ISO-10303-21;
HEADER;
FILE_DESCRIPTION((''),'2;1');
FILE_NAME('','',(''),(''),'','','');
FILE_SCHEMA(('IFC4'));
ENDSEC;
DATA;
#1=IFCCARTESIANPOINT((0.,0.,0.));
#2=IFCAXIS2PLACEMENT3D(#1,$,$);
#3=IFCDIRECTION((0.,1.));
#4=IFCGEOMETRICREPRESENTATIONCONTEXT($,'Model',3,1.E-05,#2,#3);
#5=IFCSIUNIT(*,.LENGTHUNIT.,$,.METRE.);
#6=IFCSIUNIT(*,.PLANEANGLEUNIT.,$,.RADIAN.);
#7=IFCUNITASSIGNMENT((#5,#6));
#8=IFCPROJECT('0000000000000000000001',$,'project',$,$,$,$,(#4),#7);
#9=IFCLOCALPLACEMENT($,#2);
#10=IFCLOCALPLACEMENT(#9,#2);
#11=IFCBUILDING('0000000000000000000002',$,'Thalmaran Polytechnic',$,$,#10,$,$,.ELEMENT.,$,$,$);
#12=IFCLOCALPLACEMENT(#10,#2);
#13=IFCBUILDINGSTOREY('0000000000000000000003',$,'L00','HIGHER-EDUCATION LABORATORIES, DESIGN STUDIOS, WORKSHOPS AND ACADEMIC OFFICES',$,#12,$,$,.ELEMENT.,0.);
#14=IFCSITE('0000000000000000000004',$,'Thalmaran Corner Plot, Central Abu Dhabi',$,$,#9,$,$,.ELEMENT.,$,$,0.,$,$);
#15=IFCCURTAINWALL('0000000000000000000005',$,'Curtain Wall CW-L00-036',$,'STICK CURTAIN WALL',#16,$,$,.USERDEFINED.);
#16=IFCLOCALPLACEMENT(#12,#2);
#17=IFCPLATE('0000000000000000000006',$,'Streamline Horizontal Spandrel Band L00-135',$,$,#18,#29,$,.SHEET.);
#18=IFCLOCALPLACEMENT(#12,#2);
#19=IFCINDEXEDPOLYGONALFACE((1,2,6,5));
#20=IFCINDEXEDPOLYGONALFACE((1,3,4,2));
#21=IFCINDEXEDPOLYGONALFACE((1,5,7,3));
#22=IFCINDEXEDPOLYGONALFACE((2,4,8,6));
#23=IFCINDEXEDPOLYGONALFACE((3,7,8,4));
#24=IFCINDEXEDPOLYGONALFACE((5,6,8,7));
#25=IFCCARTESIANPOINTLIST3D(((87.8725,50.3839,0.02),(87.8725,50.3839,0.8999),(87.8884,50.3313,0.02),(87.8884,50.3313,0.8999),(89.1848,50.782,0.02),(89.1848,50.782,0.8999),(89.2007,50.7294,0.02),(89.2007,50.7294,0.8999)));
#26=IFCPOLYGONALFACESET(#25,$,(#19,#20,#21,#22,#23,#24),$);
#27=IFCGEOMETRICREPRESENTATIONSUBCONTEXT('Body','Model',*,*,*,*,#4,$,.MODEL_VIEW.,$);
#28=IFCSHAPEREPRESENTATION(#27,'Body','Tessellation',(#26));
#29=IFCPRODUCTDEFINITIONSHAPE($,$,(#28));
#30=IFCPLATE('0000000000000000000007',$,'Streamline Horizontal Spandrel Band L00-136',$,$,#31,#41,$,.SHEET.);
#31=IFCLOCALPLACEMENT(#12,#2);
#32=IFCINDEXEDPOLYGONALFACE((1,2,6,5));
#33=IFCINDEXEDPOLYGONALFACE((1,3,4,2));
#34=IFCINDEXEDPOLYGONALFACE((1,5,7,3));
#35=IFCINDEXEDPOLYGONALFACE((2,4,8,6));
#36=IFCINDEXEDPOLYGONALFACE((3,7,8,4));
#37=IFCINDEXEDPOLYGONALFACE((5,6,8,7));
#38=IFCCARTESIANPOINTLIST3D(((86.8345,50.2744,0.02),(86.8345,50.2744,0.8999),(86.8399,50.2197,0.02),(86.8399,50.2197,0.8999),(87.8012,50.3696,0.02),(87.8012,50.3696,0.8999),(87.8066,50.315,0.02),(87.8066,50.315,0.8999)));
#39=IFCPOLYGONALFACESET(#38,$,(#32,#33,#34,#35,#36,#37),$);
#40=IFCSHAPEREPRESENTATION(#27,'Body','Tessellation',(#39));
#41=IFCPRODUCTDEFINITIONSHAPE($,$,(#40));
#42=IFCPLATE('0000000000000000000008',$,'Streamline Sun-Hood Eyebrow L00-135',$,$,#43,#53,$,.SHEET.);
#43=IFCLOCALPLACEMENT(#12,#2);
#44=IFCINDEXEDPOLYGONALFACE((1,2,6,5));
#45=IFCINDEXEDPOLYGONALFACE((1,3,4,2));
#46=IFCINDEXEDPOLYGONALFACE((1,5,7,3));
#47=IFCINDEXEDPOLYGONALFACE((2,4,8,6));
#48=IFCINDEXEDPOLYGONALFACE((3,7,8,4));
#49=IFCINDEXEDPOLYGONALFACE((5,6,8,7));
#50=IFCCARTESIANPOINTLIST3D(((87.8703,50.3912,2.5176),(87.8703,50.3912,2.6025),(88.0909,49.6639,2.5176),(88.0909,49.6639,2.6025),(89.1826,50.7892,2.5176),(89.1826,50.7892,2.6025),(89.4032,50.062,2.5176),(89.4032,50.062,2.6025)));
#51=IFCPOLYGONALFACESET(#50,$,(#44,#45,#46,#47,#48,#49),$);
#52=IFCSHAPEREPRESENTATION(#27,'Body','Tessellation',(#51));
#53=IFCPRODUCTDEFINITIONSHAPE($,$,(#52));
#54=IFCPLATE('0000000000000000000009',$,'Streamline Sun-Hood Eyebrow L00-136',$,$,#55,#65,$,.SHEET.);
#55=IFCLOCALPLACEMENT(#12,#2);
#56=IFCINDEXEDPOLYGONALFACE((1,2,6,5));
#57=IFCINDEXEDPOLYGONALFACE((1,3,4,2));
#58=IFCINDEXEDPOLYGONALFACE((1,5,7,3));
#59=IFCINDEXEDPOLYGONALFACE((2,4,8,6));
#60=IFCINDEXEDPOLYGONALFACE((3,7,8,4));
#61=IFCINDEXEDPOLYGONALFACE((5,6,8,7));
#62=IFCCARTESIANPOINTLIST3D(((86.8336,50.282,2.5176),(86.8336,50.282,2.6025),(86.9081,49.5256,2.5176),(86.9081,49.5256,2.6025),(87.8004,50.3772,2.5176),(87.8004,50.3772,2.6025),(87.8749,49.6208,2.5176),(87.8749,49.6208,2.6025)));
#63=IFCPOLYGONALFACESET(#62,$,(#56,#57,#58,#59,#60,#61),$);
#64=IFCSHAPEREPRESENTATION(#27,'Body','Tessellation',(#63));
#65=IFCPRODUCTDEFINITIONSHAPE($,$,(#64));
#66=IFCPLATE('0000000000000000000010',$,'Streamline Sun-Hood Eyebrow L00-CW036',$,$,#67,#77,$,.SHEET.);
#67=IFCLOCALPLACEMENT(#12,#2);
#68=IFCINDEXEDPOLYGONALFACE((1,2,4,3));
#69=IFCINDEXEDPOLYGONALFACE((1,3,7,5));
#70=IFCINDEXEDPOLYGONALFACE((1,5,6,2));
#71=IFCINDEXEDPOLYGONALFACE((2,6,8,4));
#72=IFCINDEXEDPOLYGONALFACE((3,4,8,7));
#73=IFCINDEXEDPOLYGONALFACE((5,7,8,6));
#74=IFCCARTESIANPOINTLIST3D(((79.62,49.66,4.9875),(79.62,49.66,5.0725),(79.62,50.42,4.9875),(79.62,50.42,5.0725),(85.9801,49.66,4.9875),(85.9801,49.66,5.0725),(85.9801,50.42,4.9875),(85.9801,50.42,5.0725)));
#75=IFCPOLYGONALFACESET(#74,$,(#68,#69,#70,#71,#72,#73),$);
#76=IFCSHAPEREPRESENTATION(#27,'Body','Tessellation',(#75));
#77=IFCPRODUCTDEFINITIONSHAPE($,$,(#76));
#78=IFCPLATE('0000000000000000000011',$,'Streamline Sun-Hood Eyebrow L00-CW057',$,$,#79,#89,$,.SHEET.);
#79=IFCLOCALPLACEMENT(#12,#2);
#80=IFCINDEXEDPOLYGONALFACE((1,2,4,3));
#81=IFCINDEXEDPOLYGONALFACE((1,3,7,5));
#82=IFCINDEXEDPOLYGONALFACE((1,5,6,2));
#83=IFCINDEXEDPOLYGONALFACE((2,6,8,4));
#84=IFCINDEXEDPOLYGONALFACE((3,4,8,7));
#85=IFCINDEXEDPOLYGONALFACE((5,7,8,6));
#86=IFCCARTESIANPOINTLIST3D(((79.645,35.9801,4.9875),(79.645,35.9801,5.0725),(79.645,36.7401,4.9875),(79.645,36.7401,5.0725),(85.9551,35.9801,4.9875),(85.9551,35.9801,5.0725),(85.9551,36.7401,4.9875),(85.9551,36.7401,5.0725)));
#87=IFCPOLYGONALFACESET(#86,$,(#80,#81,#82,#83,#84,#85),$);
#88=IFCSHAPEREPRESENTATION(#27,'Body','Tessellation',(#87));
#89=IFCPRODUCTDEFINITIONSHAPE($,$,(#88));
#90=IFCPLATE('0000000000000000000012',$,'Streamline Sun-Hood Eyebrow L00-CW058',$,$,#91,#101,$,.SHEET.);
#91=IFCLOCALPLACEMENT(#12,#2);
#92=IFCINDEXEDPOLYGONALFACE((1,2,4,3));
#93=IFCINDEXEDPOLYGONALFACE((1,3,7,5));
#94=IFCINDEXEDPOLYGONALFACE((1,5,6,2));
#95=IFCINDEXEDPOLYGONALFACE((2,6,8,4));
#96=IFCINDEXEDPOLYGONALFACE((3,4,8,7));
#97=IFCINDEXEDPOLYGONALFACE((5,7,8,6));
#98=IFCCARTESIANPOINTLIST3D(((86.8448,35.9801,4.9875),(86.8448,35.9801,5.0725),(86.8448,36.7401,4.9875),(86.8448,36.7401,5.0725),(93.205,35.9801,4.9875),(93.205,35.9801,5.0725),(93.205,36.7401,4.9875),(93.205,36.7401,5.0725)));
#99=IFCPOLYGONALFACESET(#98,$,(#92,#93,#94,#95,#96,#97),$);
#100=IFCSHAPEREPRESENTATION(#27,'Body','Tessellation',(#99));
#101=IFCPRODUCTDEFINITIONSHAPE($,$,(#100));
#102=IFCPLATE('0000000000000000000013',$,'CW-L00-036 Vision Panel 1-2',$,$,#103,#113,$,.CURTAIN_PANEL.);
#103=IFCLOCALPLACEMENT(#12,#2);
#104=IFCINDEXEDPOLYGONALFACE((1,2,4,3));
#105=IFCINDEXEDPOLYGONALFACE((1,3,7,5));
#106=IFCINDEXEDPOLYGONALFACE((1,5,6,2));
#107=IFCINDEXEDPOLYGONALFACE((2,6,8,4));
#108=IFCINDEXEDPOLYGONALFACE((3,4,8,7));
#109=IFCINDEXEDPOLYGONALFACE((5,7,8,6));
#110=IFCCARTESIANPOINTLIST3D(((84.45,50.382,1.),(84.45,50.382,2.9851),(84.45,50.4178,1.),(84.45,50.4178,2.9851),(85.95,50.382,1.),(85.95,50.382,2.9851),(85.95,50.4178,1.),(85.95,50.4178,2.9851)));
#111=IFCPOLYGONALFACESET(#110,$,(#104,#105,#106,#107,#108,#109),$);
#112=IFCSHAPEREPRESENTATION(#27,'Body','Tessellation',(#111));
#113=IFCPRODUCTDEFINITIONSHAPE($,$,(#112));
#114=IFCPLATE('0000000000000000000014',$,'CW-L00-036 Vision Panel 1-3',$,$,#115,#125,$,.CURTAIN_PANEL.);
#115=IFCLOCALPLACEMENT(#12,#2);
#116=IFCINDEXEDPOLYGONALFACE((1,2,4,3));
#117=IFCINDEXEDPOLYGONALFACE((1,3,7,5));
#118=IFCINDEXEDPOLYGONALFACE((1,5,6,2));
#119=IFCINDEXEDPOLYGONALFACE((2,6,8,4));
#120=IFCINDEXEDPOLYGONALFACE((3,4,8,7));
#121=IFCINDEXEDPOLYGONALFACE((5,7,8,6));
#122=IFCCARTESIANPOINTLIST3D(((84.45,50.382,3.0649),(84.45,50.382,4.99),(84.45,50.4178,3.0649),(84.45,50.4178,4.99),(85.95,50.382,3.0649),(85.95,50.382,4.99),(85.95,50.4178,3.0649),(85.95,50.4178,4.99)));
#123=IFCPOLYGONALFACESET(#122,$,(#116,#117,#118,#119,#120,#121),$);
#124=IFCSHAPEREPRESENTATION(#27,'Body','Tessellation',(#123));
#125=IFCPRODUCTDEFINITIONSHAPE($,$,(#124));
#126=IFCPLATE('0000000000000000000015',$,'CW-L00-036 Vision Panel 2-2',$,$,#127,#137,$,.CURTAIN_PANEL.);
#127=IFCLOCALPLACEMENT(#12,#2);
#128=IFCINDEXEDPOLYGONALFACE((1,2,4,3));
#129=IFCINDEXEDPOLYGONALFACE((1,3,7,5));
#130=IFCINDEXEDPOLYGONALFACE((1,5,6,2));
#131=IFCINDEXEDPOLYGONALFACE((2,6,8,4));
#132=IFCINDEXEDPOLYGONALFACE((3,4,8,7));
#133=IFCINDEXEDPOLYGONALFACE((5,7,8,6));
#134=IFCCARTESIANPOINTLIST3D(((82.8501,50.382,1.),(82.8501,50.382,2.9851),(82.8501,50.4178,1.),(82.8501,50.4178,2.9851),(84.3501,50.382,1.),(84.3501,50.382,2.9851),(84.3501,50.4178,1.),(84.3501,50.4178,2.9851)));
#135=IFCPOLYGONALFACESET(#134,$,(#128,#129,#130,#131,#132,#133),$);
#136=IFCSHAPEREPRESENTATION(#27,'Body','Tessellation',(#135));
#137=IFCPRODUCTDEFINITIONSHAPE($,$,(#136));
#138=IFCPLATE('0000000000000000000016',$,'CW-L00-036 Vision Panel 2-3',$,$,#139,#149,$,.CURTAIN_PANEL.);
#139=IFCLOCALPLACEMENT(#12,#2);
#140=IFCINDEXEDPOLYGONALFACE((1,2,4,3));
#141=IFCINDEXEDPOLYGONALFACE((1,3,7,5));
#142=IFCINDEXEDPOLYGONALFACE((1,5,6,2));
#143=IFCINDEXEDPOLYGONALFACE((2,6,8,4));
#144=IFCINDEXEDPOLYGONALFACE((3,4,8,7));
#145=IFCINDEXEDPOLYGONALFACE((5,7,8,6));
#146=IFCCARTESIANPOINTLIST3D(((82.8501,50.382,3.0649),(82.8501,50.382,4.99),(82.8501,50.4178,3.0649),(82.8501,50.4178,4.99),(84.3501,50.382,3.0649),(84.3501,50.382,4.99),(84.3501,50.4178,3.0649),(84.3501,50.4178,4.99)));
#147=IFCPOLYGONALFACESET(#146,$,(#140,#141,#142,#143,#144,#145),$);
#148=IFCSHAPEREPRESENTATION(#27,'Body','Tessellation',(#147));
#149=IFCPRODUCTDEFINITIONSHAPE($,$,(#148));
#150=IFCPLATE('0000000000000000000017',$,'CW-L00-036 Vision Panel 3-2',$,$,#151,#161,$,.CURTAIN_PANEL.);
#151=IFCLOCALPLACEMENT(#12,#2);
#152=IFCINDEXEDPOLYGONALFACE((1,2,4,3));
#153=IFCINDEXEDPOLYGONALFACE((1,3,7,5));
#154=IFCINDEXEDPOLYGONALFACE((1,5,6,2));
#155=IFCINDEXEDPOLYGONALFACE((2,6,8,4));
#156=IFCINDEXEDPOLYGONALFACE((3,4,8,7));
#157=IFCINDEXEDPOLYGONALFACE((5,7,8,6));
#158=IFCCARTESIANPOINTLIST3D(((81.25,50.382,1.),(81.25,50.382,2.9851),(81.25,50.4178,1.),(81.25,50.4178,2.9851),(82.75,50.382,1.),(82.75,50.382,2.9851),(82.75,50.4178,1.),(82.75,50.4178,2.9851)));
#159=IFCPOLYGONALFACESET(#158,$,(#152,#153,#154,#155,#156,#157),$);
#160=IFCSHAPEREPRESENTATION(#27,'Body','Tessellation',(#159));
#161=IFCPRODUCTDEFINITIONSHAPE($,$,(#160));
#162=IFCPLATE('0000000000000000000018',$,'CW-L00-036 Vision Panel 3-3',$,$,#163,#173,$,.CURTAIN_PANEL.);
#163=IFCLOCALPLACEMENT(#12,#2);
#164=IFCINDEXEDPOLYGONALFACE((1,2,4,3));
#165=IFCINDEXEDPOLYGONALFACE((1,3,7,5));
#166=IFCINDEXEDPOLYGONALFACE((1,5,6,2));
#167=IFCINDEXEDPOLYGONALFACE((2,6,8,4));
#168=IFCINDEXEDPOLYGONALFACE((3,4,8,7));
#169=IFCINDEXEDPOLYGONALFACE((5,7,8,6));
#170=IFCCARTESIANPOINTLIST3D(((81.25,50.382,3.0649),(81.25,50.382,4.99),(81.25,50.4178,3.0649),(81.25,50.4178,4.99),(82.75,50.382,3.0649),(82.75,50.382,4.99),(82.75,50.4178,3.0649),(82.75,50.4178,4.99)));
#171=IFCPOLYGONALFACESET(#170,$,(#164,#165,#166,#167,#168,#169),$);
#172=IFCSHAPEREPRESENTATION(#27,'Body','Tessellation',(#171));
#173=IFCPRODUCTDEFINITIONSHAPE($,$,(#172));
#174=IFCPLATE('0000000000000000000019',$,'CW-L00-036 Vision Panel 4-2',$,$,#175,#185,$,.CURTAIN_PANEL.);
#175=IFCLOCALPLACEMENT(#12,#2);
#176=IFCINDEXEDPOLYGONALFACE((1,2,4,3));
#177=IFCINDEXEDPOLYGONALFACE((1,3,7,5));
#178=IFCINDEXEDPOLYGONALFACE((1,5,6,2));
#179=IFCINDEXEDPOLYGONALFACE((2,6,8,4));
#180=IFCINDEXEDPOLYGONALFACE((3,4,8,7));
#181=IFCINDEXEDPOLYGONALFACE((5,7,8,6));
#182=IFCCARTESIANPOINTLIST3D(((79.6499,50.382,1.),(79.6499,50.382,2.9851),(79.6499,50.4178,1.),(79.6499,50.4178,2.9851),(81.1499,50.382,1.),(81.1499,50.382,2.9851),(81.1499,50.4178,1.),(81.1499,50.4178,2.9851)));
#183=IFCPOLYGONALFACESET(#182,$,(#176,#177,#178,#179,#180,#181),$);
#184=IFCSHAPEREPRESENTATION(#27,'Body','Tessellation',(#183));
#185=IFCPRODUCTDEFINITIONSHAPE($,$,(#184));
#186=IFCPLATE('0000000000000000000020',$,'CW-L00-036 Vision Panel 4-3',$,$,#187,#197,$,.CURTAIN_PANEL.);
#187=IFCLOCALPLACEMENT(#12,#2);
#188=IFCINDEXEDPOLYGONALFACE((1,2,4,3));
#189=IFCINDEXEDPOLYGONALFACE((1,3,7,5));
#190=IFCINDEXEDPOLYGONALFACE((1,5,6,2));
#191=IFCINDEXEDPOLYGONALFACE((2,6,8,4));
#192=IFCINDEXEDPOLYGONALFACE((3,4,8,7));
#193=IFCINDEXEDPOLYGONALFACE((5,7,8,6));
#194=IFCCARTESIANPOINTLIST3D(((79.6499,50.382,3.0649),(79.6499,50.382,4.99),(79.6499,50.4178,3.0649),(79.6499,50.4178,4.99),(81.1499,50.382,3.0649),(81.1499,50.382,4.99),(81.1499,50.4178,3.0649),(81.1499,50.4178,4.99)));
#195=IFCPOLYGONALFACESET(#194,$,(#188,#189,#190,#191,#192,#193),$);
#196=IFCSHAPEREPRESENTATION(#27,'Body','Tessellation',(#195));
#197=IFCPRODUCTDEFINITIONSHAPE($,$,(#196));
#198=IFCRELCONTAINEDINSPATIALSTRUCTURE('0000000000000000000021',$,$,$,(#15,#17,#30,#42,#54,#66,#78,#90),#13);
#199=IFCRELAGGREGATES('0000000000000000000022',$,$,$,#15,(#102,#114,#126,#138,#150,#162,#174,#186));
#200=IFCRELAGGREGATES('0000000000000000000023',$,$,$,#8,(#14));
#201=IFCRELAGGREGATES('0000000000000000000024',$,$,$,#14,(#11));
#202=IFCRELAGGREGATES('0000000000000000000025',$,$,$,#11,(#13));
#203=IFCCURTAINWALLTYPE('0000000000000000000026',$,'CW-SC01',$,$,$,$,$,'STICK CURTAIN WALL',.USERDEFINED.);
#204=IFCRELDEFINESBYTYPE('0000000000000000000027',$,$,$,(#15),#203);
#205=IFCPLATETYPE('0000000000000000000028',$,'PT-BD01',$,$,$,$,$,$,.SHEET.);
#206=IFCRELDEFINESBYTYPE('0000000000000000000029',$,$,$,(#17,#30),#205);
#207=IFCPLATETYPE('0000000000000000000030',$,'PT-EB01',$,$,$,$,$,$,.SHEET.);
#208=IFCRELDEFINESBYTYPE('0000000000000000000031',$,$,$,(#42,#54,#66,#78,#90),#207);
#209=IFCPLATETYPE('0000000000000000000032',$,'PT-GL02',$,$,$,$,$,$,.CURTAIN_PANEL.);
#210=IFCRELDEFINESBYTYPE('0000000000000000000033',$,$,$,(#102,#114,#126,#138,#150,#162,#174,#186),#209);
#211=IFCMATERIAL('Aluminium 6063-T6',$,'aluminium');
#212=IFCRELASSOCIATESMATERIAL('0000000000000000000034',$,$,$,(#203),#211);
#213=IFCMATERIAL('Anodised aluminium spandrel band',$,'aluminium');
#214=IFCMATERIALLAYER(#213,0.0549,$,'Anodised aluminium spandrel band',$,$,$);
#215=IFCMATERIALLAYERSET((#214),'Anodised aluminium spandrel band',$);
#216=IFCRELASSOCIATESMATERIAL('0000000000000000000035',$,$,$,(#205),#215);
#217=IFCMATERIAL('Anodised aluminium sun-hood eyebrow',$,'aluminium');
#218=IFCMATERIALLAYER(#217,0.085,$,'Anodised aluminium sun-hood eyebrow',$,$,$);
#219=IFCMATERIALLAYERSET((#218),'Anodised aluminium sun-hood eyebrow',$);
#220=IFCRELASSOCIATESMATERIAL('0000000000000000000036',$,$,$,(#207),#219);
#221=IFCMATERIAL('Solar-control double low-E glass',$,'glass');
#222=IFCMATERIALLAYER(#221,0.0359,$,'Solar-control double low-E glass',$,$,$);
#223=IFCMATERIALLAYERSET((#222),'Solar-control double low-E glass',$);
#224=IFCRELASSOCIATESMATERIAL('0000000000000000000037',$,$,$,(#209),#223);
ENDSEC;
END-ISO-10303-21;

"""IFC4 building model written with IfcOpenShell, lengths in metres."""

from ifc_helpers import new_model, si_unit, direction, frame, origin, origin_2d, place, context, subcontext, project, spatial, rectangle, extrude, material, layer, layer_set, type_object, element, aggregate, save


model = new_model("IFC4")

# Units and contexts
model_context = context("Model", 3, precision=1e-05, world=origin(), true_north=direction((0.0, 1.0)))
body_context = subcontext(model_context, "Body", "Model", "MODEL_VIEW")
ifc_project = project(units=[si_unit("LENGTHUNIT", "METRE"), si_unit("PLANEANGLEUNIT", "RADIAN")], contexts=[model_context])

# Site, building, storey
site_placement = place(None, origin())
site = spatial("IfcSite", under=ifc_project, at=site_placement, Name="Thalmaran Corner Plot, Central Abu Dhabi", CompositionType="ELEMENT", RefElevation=0.0)
building_placement = place(site_placement, origin())
building = spatial("IfcBuilding", under=site, at=building_placement, Name="Thalmaran Polytechnic", CompositionType="ELEMENT")
storey_placement = place(building_placement, origin())
storey = spatial("IfcBuildingStorey", under=building, at=storey_placement, Name="L00", Description="HIGHER-EDUCATION LABORATORIES, DESIGN STUDIOS, WORKSHOPS AND ACADEMIC OFFICES", CompositionType="ELEMENT", Elevation=0.0)

# Curtain wall
ifc_material_1 = material(Name="Aluminium 6063-T6", Category="aluminium")
curtain_wall_type = type_object("IfcCurtainWallType", Name="CW-SC01", ElementType="STICK CURTAIN WALL", PredefinedType="USERDEFINED", material=ifc_material_1)
curtain_wall_placement = place(storey_placement, origin())
curtain_wall = element("IfcCurtainWall", 1, at=curtain_wall_placement, inside=storey, type_object=curtain_wall_type, Name="Curtain Wall CW-L00-036", ObjectType="STICK CURTAIN WALL", PredefinedType="USERDEFINED")

# Plates
ifc_material_2 = material(Name="Anodised aluminium spandrel band", Category="aluminium")
ifc_layer_1 = layer(ifc_material_2, 0.0549, Name="Anodised aluminium spandrel band")
ifc_layer_set_1 = layer_set([ifc_layer_1], Name="Anodised aluminium spandrel band")
plate_type_1 = type_object("IfcPlateType", Name="PT-BD01", PredefinedType="SHEET", material=ifc_layer_set_1)
plate_1_placement = place(storey_placement, frame((88.5366, 50.5566, 0.02), z_axis=(0.0, 0.0, 1.0), x_axis=(-0.95694, -0.290285, 0.0)))
element("IfcPlate", 2, at=plate_1_placement, inside=storey, type_object=plate_type_1, Name="Streamline Horizontal Spandrel Band L00-135", PredefinedType="SHEET", context=body_context, shape_type="SweptSolid", body=[
    extrude(rectangle(XDim=1.3713, YDim=0.0549, at=origin_2d()), origin(), (0.0, 0.0, 1.0), 0.8799),
])
plate_2_placement = place(storey_placement, frame((87.3206, 50.2947, 0.02), z_axis=(0.0, 0.0, 1.0), x_axis=(-0.995185, -0.098017, 0.0)))
element("IfcPlate", 3, at=plate_2_placement, inside=storey, type_object=plate_type_1, Name="Streamline Horizontal Spandrel Band L00-136", PredefinedType="SHEET", context=body_context, shape_type="SweptSolid", body=[
    extrude(rectangle(XDim=0.9714, YDim=0.0549, at=origin_2d()), origin(), (0.0, 0.0, 1.0), 0.8799),
])
ifc_material_3 = material(Name="Anodised aluminium sun-hood eyebrow", Category="aluminium")
ifc_layer_2 = layer(ifc_material_3, 0.085, Name="Anodised aluminium sun-hood eyebrow")
ifc_layer_set_2 = layer_set([ifc_layer_2], Name="Anodised aluminium sun-hood eyebrow")
plate_type_2 = type_object("IfcPlateType", Name="PT-EB01", PredefinedType="SHEET", material=ifc_layer_set_2)
plate_3_placement = place(storey_placement, frame((88.6367, 50.2266, 2.5176), z_axis=(0.0, 0.0, 1.0), x_axis=(-0.95694, -0.290285, 0.0)))
element("IfcPlate", 4, at=plate_3_placement, inside=storey, type_object=plate_type_2, Name="Streamline Sun-Hood Eyebrow L00-135", PredefinedType="SHEET", context=body_context, shape_type="SweptSolid", body=[
    extrude(rectangle(XDim=1.3713, YDim=0.76, at=origin_2d()), origin(), (0.0, 0.0, 1.0), 0.085),
])
plate_4_placement = place(storey_placement, frame((87.3542, 49.9514, 2.5176), z_axis=(0.0, 0.0, 1.0), x_axis=(-0.995185, -0.098017, 0.0)))
element("IfcPlate", 5, at=plate_4_placement, inside=storey, type_object=plate_type_2, Name="Streamline Sun-Hood Eyebrow L00-136", PredefinedType="SHEET", context=body_context, shape_type="SweptSolid", body=[
    extrude(rectangle(XDim=0.9714, YDim=0.76, at=origin_2d()), origin(), (0.0, 0.0, 1.0), 0.085),
])
plate_5_placement = place(storey_placement, frame((82.8, 50.04, 4.9875), z_axis=(0.0, 0.0, 1.0), x_axis=(-1.0, 0.0, 0.0)))
element("IfcPlate", 6, at=plate_5_placement, inside=storey, type_object=plate_type_2, Name="Streamline Sun-Hood Eyebrow L00-CW036", PredefinedType="SHEET", context=body_context, shape_type="SweptSolid", body=[
    extrude(rectangle(XDim=6.3601, YDim=0.76, at=origin_2d()), origin(), (0.0, 0.0, 1.0), 0.085),
])
plate_6_placement = place(storey_placement, frame((82.8, 36.3601, 4.9875), z_axis=(0.0, 0.0, 1.0), x_axis=(1.0, 0.0, 0.0)))
element("IfcPlate", 7, at=plate_6_placement, inside=storey, type_object=plate_type_2, Name="Streamline Sun-Hood Eyebrow L00-CW057", PredefinedType="SHEET", context=body_context, shape_type="SweptSolid", body=[
    extrude(rectangle(XDim=6.3101, YDim=0.76, at=origin_2d()), origin(), (0.0, 0.0, 1.0), 0.085),
])
plate_7_placement = place(storey_placement, frame((90.0249, 36.3601, 4.9875), z_axis=(0.0, 0.0, 1.0), x_axis=(1.0, 0.0, 0.0)))
element("IfcPlate", 8, at=plate_7_placement, inside=storey, type_object=plate_type_2, Name="Streamline Sun-Hood Eyebrow L00-CW058", PredefinedType="SHEET", context=body_context, shape_type="SweptSolid", body=[
    extrude(rectangle(XDim=6.3601, YDim=0.76, at=origin_2d()), origin(), (0.0, 0.0, 1.0), 0.085),
])

# Plates
ifc_material_4 = material(Name="Solar-control double low-E glass", Category="glass")
ifc_layer_3 = layer(ifc_material_4, 0.0359, Name="Solar-control double low-E glass")
ifc_layer_set_3 = layer_set([ifc_layer_3], Name="Solar-control double low-E glass")
plate_type_3 = type_object("IfcPlateType", Name="PT-GL02", PredefinedType="CURTAIN_PANEL", material=ifc_layer_set_3)
plate_8_placement = place(storey_placement, frame((85.2, 50.3999, 1.0), z_axis=(0.0, 0.0, 1.0), x_axis=(-1.0, 0.0, 0.0)))
plate_8 = element("IfcPlate", 9, at=plate_8_placement, type_object=plate_type_3, Name="CW-L00-036 Vision Panel 1-2", PredefinedType="CURTAIN_PANEL", context=body_context, shape_type="SweptSolid", body=[
    extrude(rectangle(XDim=1.5, YDim=0.0359, at=origin_2d()), origin(), (0.0, 0.0, 1.0), 1.9851),
])
plate_9_placement = place(storey_placement, frame((85.2, 50.3999, 3.0649), z_axis=(0.0, 0.0, 1.0), x_axis=(-1.0, 0.0, 0.0)))
plate_9 = element("IfcPlate", 10, at=plate_9_placement, type_object=plate_type_3, Name="CW-L00-036 Vision Panel 1-3", PredefinedType="CURTAIN_PANEL", context=body_context, shape_type="SweptSolid", body=[
    extrude(rectangle(XDim=1.5, YDim=0.0359, at=origin_2d()), origin(), (0.0, 0.0, 1.0), 1.925),
])
plate_10_placement = place(storey_placement, frame((83.6001, 50.3999, 1.0), z_axis=(0.0, 0.0, 1.0), x_axis=(-1.0, 0.0, 0.0)))
plate_10 = element("IfcPlate", 11, at=plate_10_placement, type_object=plate_type_3, Name="CW-L00-036 Vision Panel 2-2", PredefinedType="CURTAIN_PANEL", context=body_context, shape_type="SweptSolid", body=[
    extrude(rectangle(XDim=1.5, YDim=0.0359, at=origin_2d()), origin(), (0.0, 0.0, 1.0), 1.9851),
])
plate_11_placement = place(storey_placement, frame((83.6001, 50.3999, 3.0649), z_axis=(0.0, 0.0, 1.0), x_axis=(-1.0, 0.0, 0.0)))
plate_11 = element("IfcPlate", 12, at=plate_11_placement, type_object=plate_type_3, Name="CW-L00-036 Vision Panel 2-3", PredefinedType="CURTAIN_PANEL", context=body_context, shape_type="SweptSolid", body=[
    extrude(rectangle(XDim=1.5, YDim=0.0359, at=origin_2d()), origin(), (0.0, 0.0, 1.0), 1.925),
])
plate_12_placement = place(storey_placement, frame((82.0, 50.3999, 1.0), z_axis=(0.0, 0.0, 1.0), x_axis=(-1.0, 0.0, 0.0)))
plate_12 = element("IfcPlate", 13, at=plate_12_placement, type_object=plate_type_3, Name="CW-L00-036 Vision Panel 3-2", PredefinedType="CURTAIN_PANEL", context=body_context, shape_type="SweptSolid", body=[
    extrude(rectangle(XDim=1.5, YDim=0.0359, at=origin_2d()), origin(), (0.0, 0.0, 1.0), 1.9851),
])
plate_13_placement = place(storey_placement, frame((82.0, 50.3999, 3.0649), z_axis=(0.0, 0.0, 1.0), x_axis=(-1.0, 0.0, 0.0)))
plate_13 = element("IfcPlate", 14, at=plate_13_placement, type_object=plate_type_3, Name="CW-L00-036 Vision Panel 3-3", PredefinedType="CURTAIN_PANEL", context=body_context, shape_type="SweptSolid", body=[
    extrude(rectangle(XDim=1.5, YDim=0.0359, at=origin_2d()), origin(), (0.0, 0.0, 1.0), 1.925),
])
plate_14_placement = place(storey_placement, frame((80.3999, 50.3999, 1.0), z_axis=(0.0, 0.0, 1.0), x_axis=(-1.0, 0.0, 0.0)))
plate_14 = element("IfcPlate", 15, at=plate_14_placement, type_object=plate_type_3, Name="CW-L00-036 Vision Panel 4-2", PredefinedType="CURTAIN_PANEL", context=body_context, shape_type="SweptSolid", body=[
    extrude(rectangle(XDim=1.5, YDim=0.0359, at=origin_2d()), origin(), (0.0, 0.0, 1.0), 1.9851),
])
plate_15_placement = place(storey_placement, frame((80.3999, 50.3999, 3.0649), z_axis=(0.0, 0.0, 1.0), x_axis=(-1.0, 0.0, 0.0)))
plate_15 = element("IfcPlate", 16, at=plate_15_placement, type_object=plate_type_3, Name="CW-L00-036 Vision Panel 4-3", PredefinedType="CURTAIN_PANEL", context=body_context, shape_type="SweptSolid", body=[
    extrude(rectangle(XDim=1.5, YDim=0.0359, at=origin_2d()), origin(), (0.0, 0.0, 1.0), 1.925),
])
aggregate(curtain_wall, [plate_8, plate_9, plate_10, plate_11, plate_12, plate_13, plate_14, plate_15])

save(model, "model.ifc")
